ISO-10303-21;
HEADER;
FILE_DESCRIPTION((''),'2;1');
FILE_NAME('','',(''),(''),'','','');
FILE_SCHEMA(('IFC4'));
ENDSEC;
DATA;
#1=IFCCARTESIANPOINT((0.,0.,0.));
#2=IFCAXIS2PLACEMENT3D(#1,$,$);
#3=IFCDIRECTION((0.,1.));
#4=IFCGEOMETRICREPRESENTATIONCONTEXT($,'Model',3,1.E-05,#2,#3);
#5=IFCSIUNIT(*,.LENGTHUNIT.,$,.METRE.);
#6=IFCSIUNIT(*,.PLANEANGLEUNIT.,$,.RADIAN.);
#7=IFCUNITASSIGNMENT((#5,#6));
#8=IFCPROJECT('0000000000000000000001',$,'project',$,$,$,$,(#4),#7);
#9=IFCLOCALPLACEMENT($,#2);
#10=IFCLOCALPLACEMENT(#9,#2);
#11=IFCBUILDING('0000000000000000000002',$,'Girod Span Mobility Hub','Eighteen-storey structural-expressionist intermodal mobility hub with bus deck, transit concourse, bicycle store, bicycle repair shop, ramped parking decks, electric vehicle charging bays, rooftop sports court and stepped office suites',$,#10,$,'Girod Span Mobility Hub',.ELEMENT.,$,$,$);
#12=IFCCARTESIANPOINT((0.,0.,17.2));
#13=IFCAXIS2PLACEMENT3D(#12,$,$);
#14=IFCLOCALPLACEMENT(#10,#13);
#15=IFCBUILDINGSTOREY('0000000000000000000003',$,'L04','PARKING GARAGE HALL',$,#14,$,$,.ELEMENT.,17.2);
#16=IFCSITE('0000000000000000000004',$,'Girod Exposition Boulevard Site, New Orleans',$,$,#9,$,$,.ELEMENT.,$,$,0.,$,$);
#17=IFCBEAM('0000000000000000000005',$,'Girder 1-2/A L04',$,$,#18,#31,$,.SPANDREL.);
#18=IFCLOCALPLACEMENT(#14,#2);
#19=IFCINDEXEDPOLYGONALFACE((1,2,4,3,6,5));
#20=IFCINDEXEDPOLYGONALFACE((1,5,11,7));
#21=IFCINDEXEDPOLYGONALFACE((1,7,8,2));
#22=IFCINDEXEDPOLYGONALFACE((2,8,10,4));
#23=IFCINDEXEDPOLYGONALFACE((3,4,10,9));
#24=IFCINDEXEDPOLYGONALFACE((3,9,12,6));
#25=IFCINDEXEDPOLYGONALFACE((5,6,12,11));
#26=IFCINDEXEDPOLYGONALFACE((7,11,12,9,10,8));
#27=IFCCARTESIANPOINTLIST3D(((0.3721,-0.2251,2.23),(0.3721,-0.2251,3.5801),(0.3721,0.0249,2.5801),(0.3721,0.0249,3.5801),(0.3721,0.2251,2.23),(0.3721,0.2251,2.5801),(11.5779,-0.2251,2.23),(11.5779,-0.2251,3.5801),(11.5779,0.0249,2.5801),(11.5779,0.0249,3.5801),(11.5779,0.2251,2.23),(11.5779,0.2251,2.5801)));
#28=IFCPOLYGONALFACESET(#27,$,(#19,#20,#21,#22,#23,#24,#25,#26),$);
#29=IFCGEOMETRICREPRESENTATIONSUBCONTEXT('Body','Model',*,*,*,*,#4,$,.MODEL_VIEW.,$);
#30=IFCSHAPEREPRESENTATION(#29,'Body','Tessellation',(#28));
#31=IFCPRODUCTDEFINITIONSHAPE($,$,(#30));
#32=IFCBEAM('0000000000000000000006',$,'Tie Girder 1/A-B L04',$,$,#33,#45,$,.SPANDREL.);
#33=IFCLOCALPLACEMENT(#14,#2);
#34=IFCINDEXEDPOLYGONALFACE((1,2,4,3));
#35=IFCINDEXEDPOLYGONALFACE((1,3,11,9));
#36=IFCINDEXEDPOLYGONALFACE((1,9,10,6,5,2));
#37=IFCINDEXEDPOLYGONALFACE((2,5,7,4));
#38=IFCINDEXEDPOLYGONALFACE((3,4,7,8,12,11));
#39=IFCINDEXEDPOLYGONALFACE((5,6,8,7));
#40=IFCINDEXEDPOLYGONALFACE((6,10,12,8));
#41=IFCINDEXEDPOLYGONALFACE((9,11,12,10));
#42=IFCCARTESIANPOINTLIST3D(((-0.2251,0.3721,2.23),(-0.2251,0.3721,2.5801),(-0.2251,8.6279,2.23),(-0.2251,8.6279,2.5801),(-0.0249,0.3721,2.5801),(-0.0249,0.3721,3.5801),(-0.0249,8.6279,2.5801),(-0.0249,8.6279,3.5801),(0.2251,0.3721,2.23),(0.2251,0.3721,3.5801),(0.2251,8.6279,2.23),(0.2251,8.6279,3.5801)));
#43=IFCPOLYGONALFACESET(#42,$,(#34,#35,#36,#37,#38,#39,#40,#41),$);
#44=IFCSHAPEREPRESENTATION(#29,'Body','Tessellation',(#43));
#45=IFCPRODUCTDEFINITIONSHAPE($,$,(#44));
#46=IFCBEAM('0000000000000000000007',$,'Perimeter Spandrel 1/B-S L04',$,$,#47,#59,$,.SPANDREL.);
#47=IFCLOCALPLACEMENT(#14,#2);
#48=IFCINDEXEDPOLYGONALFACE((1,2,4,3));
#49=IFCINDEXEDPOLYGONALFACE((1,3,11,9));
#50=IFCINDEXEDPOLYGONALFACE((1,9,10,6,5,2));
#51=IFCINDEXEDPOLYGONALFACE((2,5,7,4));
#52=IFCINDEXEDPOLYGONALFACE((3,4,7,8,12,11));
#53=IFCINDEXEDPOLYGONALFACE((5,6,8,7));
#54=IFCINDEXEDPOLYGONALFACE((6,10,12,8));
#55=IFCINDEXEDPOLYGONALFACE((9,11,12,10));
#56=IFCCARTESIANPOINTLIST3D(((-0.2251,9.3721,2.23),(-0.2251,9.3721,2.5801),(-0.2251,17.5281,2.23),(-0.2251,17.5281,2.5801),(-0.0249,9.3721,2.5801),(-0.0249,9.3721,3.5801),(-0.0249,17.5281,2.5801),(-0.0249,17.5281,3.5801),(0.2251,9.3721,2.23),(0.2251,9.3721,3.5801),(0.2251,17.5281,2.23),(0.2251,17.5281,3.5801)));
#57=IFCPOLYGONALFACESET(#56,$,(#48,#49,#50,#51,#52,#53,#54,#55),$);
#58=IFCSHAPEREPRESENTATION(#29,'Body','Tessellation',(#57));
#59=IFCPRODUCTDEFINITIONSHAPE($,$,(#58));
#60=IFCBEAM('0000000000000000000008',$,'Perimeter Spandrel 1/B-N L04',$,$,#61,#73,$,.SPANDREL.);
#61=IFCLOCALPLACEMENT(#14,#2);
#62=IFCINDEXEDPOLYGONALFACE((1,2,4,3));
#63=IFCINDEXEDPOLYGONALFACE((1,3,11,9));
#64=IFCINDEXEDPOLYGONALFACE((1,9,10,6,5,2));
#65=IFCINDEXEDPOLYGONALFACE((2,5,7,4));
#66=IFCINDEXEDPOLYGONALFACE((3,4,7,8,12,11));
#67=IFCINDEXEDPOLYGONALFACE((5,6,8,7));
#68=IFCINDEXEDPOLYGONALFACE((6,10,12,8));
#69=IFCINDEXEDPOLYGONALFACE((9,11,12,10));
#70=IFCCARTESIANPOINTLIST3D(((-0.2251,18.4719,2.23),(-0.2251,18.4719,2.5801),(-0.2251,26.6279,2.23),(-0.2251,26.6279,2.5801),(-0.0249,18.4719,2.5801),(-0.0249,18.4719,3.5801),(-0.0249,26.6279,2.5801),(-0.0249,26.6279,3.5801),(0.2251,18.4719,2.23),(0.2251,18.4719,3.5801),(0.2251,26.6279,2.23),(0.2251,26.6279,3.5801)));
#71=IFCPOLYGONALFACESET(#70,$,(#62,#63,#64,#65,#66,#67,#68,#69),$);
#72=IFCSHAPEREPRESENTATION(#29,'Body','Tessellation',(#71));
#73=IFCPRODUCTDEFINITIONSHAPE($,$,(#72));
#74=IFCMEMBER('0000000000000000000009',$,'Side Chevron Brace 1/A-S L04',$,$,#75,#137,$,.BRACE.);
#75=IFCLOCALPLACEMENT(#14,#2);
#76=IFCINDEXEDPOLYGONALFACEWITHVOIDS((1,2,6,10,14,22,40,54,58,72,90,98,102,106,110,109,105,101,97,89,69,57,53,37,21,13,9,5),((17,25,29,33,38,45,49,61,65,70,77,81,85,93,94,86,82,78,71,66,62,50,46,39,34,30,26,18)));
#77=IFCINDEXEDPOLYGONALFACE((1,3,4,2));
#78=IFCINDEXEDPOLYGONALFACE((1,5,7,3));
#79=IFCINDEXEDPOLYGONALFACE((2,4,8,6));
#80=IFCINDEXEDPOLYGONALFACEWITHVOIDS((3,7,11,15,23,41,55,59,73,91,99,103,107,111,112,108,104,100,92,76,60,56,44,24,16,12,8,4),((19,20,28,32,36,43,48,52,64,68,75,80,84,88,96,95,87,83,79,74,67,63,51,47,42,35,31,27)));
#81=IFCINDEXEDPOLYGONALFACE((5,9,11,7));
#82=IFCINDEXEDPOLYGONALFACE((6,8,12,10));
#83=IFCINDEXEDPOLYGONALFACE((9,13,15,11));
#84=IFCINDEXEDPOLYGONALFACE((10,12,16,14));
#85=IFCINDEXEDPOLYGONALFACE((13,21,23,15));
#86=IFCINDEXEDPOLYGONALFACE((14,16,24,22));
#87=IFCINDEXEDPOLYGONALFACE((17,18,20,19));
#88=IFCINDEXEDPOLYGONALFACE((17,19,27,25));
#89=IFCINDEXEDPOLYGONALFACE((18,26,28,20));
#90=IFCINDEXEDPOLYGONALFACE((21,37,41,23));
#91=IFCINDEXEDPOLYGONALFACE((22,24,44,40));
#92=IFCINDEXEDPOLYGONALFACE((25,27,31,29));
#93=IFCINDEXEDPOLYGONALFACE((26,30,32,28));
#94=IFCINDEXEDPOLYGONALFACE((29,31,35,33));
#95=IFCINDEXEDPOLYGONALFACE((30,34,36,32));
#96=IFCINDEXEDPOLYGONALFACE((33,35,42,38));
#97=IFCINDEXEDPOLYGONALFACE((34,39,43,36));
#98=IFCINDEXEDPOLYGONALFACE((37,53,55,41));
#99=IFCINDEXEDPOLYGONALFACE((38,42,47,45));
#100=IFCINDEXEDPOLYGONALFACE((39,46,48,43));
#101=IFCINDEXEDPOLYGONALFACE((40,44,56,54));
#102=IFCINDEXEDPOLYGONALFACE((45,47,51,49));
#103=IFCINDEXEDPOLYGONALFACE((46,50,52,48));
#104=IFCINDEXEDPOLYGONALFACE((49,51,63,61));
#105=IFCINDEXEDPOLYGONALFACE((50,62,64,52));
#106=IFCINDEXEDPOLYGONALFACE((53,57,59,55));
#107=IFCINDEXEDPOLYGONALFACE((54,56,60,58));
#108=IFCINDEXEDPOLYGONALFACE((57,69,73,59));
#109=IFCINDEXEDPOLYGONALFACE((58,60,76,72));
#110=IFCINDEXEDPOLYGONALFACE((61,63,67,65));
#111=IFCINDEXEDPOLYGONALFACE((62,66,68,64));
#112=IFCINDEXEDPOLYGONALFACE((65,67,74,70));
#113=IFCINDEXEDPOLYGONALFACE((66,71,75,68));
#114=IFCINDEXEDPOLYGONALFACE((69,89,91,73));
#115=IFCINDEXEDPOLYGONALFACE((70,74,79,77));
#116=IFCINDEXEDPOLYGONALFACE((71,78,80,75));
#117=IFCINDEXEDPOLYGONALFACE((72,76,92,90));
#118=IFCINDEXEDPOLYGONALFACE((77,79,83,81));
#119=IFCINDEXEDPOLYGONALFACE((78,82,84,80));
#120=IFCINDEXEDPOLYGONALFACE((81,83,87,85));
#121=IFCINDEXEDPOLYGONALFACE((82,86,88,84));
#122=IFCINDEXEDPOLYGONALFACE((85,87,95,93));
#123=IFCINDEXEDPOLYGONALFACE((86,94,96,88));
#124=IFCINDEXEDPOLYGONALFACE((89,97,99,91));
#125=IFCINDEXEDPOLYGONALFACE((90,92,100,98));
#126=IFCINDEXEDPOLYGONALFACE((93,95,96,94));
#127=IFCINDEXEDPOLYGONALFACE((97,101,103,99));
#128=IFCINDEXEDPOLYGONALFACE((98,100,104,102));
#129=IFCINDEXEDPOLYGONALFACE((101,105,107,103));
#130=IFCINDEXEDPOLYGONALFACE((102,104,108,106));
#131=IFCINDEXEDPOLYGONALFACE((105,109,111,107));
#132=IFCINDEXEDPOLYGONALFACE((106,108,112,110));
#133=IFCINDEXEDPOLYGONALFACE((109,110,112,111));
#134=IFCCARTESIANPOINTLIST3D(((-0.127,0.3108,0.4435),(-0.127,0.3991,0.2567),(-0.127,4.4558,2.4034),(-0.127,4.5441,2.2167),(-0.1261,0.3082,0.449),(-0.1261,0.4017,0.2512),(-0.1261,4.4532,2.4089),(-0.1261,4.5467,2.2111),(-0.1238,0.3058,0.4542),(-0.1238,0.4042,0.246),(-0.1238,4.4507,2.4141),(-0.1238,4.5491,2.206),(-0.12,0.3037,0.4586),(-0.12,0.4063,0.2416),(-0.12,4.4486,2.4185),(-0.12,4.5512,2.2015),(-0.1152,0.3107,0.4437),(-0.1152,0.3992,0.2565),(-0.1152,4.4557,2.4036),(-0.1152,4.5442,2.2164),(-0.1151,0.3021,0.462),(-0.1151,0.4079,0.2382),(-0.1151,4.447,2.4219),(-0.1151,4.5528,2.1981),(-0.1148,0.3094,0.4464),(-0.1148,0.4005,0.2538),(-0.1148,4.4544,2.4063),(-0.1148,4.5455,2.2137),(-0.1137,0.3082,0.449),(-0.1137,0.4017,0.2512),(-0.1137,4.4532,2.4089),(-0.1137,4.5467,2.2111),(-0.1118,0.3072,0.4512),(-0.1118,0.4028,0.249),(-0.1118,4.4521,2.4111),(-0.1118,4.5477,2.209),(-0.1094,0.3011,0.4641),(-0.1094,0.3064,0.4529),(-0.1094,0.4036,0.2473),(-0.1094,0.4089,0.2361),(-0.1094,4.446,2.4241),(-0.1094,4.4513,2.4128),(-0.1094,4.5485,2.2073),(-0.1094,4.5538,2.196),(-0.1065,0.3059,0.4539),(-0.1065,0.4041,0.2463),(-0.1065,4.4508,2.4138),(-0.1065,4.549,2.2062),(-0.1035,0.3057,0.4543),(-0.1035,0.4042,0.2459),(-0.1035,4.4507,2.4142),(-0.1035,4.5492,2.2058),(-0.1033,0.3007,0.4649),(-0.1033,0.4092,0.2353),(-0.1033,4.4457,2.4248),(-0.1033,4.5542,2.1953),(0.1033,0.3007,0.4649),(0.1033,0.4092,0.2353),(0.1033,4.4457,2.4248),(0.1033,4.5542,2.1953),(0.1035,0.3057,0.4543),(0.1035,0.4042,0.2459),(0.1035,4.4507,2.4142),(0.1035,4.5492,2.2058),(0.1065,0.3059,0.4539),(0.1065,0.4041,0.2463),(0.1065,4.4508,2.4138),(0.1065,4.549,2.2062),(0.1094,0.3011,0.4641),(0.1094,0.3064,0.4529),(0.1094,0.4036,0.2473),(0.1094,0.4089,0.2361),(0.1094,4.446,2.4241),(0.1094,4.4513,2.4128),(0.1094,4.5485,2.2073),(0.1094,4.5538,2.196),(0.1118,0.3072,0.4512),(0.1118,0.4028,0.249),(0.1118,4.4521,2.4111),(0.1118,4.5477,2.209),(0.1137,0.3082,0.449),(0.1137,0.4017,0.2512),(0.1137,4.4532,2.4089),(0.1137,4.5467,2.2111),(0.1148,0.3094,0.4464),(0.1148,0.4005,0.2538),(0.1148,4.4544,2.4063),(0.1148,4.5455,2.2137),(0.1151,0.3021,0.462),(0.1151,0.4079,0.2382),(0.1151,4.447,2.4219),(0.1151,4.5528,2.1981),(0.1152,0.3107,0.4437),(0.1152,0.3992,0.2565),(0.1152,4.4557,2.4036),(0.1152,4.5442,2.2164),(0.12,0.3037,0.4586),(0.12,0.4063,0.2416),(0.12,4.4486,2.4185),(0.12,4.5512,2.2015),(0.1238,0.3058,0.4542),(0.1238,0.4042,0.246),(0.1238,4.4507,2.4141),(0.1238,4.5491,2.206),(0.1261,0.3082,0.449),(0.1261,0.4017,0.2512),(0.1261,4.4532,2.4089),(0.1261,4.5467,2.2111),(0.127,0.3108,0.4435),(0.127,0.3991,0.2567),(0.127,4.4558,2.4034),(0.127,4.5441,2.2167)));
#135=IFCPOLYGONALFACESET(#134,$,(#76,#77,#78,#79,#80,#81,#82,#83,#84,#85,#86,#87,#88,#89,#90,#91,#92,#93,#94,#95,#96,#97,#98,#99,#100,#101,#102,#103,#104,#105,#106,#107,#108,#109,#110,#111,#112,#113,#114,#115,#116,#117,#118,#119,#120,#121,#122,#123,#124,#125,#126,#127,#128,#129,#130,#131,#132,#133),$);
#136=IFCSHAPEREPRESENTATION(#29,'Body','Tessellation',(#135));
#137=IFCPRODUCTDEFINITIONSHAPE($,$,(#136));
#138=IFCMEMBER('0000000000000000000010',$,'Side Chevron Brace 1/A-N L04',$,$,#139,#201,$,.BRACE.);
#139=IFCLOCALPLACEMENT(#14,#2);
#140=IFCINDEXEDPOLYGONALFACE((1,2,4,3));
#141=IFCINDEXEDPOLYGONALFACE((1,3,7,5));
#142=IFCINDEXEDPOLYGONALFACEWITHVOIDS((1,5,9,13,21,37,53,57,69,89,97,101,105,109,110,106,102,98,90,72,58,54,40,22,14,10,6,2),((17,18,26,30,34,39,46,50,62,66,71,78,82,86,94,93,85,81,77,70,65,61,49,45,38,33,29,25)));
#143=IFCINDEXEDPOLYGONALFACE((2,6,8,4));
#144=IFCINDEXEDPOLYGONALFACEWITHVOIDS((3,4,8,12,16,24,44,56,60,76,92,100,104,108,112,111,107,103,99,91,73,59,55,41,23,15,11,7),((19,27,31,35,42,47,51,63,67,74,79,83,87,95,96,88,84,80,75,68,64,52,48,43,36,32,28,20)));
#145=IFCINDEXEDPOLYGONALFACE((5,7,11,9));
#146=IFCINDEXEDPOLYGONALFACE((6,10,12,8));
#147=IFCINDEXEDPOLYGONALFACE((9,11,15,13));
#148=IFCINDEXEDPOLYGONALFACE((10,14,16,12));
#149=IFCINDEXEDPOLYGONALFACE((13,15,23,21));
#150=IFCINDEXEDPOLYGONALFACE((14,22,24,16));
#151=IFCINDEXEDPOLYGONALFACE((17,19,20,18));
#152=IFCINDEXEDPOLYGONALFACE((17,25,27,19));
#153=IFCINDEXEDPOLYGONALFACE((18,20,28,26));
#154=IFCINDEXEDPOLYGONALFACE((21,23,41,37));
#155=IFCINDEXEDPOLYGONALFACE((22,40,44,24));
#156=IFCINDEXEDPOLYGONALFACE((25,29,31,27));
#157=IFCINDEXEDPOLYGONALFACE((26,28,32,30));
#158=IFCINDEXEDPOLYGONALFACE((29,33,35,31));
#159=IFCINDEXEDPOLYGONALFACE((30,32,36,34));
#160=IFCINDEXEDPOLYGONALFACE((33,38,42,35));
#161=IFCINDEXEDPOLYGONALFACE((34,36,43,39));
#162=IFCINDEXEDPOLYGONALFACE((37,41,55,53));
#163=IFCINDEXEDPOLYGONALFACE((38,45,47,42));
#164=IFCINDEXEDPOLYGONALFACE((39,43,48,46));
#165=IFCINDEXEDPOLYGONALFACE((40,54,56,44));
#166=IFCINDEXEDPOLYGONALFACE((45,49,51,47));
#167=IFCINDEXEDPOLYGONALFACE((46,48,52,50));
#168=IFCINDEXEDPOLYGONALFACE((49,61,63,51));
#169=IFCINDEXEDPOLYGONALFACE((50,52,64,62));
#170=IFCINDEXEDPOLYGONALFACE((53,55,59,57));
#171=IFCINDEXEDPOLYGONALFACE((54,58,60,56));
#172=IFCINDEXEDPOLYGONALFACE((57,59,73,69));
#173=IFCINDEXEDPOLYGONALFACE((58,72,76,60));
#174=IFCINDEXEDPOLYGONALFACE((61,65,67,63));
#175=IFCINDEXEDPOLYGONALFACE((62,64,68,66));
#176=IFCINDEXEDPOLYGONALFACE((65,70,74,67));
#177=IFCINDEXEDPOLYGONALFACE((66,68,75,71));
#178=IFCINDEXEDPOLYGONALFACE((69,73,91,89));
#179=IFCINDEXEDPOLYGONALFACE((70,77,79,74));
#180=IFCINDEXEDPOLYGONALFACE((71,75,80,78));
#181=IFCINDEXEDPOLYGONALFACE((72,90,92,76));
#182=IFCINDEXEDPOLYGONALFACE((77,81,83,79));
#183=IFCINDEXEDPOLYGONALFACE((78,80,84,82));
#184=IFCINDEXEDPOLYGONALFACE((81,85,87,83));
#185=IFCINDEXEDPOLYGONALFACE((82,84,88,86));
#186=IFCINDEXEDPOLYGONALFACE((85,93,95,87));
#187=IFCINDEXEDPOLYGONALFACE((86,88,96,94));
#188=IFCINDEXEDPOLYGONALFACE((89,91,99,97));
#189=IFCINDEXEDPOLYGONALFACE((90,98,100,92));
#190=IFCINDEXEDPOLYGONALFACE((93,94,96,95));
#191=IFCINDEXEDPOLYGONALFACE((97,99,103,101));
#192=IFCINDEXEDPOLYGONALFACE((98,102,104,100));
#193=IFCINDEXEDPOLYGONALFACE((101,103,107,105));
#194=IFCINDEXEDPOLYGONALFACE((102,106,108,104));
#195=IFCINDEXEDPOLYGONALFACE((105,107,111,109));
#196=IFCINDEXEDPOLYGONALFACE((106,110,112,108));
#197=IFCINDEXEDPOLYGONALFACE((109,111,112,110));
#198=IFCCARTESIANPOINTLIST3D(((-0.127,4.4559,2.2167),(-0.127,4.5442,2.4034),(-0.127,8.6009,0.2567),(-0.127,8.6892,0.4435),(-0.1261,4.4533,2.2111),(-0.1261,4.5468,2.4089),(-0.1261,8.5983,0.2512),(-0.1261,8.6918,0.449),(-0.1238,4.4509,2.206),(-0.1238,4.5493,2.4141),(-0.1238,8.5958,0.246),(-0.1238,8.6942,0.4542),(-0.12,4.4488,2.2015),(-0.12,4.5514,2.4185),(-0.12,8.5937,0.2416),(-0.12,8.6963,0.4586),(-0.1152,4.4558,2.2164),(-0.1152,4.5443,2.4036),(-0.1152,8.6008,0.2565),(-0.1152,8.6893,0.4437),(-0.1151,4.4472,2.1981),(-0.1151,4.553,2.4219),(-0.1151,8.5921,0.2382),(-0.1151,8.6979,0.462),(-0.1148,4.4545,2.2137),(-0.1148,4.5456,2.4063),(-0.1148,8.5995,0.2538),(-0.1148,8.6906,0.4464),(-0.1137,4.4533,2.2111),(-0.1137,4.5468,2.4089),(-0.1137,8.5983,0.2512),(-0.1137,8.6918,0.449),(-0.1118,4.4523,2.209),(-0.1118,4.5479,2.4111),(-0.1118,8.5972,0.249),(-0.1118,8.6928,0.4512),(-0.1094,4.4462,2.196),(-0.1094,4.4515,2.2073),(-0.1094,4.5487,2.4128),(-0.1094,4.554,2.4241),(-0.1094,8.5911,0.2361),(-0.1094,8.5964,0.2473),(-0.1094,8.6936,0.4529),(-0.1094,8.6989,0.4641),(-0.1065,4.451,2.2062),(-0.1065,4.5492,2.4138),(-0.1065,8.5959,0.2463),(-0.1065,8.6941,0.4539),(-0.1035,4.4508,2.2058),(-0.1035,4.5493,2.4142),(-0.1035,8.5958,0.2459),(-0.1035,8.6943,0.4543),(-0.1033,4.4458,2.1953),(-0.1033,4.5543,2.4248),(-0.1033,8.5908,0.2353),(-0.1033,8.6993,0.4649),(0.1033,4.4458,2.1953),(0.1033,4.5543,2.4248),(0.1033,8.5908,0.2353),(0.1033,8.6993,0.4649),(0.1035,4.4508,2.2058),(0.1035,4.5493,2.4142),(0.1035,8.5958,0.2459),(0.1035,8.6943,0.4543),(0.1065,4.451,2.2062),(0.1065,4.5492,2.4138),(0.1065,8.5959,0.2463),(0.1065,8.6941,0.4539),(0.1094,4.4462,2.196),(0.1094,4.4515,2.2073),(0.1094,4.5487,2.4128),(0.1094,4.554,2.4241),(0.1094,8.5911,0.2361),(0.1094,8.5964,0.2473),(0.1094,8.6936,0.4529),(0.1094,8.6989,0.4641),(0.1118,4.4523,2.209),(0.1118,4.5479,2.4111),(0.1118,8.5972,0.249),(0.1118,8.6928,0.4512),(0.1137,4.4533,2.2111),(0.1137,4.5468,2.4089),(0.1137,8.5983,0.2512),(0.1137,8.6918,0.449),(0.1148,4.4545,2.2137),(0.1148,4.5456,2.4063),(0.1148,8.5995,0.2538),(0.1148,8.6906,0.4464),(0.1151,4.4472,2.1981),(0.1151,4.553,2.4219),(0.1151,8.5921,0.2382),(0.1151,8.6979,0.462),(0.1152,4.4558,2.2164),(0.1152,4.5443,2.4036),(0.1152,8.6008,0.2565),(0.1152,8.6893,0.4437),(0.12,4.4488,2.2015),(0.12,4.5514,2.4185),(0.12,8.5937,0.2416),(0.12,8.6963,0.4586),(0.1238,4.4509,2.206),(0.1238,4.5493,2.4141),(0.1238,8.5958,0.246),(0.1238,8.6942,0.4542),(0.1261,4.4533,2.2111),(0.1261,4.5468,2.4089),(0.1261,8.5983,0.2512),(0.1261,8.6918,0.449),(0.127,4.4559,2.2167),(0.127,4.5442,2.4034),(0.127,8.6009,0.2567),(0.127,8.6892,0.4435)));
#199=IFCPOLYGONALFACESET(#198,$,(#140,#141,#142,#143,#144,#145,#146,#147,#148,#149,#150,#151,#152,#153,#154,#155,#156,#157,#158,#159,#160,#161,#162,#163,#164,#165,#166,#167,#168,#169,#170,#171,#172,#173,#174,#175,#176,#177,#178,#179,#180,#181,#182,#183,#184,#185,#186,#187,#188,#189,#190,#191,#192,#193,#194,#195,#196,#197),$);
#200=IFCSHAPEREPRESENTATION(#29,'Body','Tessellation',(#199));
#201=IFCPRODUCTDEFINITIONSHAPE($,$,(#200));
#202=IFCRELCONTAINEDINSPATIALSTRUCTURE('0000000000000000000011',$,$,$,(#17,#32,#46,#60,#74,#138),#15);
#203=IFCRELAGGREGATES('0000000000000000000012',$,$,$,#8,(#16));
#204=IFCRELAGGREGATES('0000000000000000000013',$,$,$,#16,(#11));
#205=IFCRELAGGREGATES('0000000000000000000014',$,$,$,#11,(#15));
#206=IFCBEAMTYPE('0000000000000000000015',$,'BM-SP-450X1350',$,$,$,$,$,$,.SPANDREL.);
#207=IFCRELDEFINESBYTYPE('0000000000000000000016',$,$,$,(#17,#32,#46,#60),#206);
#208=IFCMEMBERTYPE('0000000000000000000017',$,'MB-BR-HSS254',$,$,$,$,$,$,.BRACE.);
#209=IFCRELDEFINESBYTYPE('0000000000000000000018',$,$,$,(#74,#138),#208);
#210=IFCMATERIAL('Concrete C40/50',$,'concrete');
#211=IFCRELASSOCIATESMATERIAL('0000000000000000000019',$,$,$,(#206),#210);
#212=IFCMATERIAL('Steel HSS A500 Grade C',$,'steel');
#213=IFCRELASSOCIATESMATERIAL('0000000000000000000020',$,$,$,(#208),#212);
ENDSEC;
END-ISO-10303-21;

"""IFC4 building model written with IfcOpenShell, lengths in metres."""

from ifc_helpers import new_model, si_unit, direction, frame, origin, origin_2d, place, context, subcontext, project, spatial, polyline, hollow_rectangle, outline, extrude, material, material_profile, profile_set, type_object, element, save


model = new_model("IFC4")

# Units and contexts
model_context = context("Model", 3, precision=1e-05, world=origin(), true_north=direction((0.0, 1.0)))
body_context = subcontext(model_context, "Body", "Model", "MODEL_VIEW")
ifc_project = project(units=[si_unit("LENGTHUNIT", "METRE"), si_unit("PLANEANGLEUNIT", "RADIAN")], contexts=[model_context])

# Site, building, storey
site_placement = place(None, origin())
site = spatial("IfcSite", under=ifc_project, at=site_placement, Name="Girod Exposition Boulevard Site, New Orleans", CompositionType="ELEMENT", RefElevation=0.0)
building_placement = place(site_placement, origin())
building = spatial("IfcBuilding", under=site, at=building_placement, Name="Girod Span Mobility Hub", Description="Eighteen-storey structural-expressionist intermodal mobility hub with bus deck, transit concourse, bicycle store, bicycle repair shop, ramped parking decks, electric vehicle charging bays, rooftop sports court and stepped office suites", LongName="Girod Span Mobility Hub", CompositionType="ELEMENT")
storey_placement = place(building_placement, frame((0.0, 0.0, 17.2)))
storey = spatial("IfcBuildingStorey", under=building, at=storey_placement, Name="L04", Description="PARKING GARAGE HALL", CompositionType="ELEMENT", Elevation=17.2)

# Beams
ifc_material_1 = material(Name="Concrete C40/50", Category="concrete")
ifc_material_profile_1 = material_profile(ifc_material_1, outline(polyline([(-0.2251, -0.675), (0.2251, -0.675), (0.2251, -0.325), (0.0249, -0.325), (0.0249, 0.675), (-0.2251, 0.675), (-0.2251, -0.675)])), Name="SP-450X1350")
ifc_profile_set_1 = profile_set([ifc_material_profile_1], Name="Concrete C40/50")
beam_type_1 = type_object("IfcBeamType", Name="BM-SP-450X1350", PredefinedType="SPANDREL", material=ifc_profile_set_1)
beam_1_placement = place(storey_placement, frame((0.3721, 0.0, 2.905), z_axis=(1.0, 0.0, 0.0), x_axis=(0.0, 1.0, 0.0)))
element("IfcBeam", 1, at=beam_1_placement, inside=storey, type_object=beam_type_1, Name="Girder 1-2/A L04", PredefinedType="SPANDREL", context=body_context, shape_type="SweptSolid", body=[
    extrude(outline(polyline([(-0.2251, -0.675), (0.2251, -0.675), (0.2251, -0.325), (0.0249, -0.325), (0.0249, 0.675), (-0.2251, 0.675), (-0.2251, -0.675)])), origin(), (0.0, 0.0, 1.0), 11.2058),
])
beam_2_placement = place(storey_placement, frame((0.0, 0.3721, 2.905), z_axis=(0.0, 1.0, 0.0), x_axis=(-1.0, 0.0, 0.0)))
element("IfcBeam", 2, at=beam_2_placement, inside=storey, type_object=beam_type_1, Name="Tie Girder 1/A-B L04", PredefinedType="SPANDREL", context=body_context, shape_type="SweptSolid", body=[
    extrude(outline(polyline([(-0.2251, -0.675), (0.2251, -0.675), (0.2251, -0.325), (0.0249, -0.325), (0.0249, 0.675), (-0.2251, 0.675), (-0.2251, -0.675)])), origin(), (0.0, 0.0, 1.0), 8.2559),
])
for number, where, z_axis, x_axis, name in (
    (3, (0.0, 9.3721, 2.905), (0.0, 1.0, 0.0), (-1.0, 0.0, 0.0), "Perimeter Spandrel 1/B-S L04"),
    (4, (0.0, 18.4719, 2.905), (0.0, 1.0, 0.0), (-1.0, 0.0, 0.0), "Perimeter Spandrel 1/B-N L04"),
):
    element("IfcBeam", number, at=place(storey_placement, frame(where, z_axis=z_axis, x_axis=x_axis)), inside=storey, type_object=beam_type_1, Name=name, PredefinedType="SPANDREL", context=body_context, shape_type="SweptSolid", body=[
        extrude(outline(polyline([(-0.2251, -0.675), (0.2251, -0.675), (0.2251, -0.325), (0.0249, -0.325), (0.0249, 0.675), (-0.2251, 0.675), (-0.2251, -0.675)])), origin(), (0.0, 0.0, 1.0), 8.156),
    ])

# Members
ifc_material_2 = material(Name="Steel HSS A500 Grade C", Category="steel")
ifc_material_profile_2 = material_profile(ifc_material_2, hollow_rectangle(XDim=0.2539, YDim=0.2539, WallThickness=0.0117, InnerFilletRadius=0.0117, OuterFilletRadius=0.0237, at=origin_2d()), Name="HSS254X254X12.7")
ifc_profile_set_2 = profile_set([ifc_material_profile_2], Name="Steel HSS A500 Grade C")
member_type = type_object("IfcMemberType", Name="MB-BR-HSS254", PredefinedType="BRACE", material=ifc_profile_set_2)
for number, where, z_axis, x_axis, name in (
    (5, (0.0, 0.355, 0.3501), (0.0, 0.90403, 0.427468), (-1.0, 0.0, 0.0), "Side Chevron Brace 1/A-S L04"),
    (6, (0.0, 8.645, 0.3501), (0.0, -0.90403, 0.427468), (1.0, 0.0, 0.0), "Side Chevron Brace 1/A-N L04"),
):
    element("IfcMember", number, at=place(storey_placement, frame(where, z_axis=z_axis, x_axis=x_axis)), inside=storey, type_object=member_type, Name=name, PredefinedType="BRACE", context=body_context, shape_type="SweptSolid", body=[
        extrude(hollow_rectangle(XDim=0.2539, YDim=0.2539, WallThickness=0.0117, InnerFilletRadius=0.0117, OuterFilletRadius=0.0237, at=origin_2d()), origin(), (0.0, 0.0, 1.0), 4.585),
    ])

save(model, "model.ifc")
